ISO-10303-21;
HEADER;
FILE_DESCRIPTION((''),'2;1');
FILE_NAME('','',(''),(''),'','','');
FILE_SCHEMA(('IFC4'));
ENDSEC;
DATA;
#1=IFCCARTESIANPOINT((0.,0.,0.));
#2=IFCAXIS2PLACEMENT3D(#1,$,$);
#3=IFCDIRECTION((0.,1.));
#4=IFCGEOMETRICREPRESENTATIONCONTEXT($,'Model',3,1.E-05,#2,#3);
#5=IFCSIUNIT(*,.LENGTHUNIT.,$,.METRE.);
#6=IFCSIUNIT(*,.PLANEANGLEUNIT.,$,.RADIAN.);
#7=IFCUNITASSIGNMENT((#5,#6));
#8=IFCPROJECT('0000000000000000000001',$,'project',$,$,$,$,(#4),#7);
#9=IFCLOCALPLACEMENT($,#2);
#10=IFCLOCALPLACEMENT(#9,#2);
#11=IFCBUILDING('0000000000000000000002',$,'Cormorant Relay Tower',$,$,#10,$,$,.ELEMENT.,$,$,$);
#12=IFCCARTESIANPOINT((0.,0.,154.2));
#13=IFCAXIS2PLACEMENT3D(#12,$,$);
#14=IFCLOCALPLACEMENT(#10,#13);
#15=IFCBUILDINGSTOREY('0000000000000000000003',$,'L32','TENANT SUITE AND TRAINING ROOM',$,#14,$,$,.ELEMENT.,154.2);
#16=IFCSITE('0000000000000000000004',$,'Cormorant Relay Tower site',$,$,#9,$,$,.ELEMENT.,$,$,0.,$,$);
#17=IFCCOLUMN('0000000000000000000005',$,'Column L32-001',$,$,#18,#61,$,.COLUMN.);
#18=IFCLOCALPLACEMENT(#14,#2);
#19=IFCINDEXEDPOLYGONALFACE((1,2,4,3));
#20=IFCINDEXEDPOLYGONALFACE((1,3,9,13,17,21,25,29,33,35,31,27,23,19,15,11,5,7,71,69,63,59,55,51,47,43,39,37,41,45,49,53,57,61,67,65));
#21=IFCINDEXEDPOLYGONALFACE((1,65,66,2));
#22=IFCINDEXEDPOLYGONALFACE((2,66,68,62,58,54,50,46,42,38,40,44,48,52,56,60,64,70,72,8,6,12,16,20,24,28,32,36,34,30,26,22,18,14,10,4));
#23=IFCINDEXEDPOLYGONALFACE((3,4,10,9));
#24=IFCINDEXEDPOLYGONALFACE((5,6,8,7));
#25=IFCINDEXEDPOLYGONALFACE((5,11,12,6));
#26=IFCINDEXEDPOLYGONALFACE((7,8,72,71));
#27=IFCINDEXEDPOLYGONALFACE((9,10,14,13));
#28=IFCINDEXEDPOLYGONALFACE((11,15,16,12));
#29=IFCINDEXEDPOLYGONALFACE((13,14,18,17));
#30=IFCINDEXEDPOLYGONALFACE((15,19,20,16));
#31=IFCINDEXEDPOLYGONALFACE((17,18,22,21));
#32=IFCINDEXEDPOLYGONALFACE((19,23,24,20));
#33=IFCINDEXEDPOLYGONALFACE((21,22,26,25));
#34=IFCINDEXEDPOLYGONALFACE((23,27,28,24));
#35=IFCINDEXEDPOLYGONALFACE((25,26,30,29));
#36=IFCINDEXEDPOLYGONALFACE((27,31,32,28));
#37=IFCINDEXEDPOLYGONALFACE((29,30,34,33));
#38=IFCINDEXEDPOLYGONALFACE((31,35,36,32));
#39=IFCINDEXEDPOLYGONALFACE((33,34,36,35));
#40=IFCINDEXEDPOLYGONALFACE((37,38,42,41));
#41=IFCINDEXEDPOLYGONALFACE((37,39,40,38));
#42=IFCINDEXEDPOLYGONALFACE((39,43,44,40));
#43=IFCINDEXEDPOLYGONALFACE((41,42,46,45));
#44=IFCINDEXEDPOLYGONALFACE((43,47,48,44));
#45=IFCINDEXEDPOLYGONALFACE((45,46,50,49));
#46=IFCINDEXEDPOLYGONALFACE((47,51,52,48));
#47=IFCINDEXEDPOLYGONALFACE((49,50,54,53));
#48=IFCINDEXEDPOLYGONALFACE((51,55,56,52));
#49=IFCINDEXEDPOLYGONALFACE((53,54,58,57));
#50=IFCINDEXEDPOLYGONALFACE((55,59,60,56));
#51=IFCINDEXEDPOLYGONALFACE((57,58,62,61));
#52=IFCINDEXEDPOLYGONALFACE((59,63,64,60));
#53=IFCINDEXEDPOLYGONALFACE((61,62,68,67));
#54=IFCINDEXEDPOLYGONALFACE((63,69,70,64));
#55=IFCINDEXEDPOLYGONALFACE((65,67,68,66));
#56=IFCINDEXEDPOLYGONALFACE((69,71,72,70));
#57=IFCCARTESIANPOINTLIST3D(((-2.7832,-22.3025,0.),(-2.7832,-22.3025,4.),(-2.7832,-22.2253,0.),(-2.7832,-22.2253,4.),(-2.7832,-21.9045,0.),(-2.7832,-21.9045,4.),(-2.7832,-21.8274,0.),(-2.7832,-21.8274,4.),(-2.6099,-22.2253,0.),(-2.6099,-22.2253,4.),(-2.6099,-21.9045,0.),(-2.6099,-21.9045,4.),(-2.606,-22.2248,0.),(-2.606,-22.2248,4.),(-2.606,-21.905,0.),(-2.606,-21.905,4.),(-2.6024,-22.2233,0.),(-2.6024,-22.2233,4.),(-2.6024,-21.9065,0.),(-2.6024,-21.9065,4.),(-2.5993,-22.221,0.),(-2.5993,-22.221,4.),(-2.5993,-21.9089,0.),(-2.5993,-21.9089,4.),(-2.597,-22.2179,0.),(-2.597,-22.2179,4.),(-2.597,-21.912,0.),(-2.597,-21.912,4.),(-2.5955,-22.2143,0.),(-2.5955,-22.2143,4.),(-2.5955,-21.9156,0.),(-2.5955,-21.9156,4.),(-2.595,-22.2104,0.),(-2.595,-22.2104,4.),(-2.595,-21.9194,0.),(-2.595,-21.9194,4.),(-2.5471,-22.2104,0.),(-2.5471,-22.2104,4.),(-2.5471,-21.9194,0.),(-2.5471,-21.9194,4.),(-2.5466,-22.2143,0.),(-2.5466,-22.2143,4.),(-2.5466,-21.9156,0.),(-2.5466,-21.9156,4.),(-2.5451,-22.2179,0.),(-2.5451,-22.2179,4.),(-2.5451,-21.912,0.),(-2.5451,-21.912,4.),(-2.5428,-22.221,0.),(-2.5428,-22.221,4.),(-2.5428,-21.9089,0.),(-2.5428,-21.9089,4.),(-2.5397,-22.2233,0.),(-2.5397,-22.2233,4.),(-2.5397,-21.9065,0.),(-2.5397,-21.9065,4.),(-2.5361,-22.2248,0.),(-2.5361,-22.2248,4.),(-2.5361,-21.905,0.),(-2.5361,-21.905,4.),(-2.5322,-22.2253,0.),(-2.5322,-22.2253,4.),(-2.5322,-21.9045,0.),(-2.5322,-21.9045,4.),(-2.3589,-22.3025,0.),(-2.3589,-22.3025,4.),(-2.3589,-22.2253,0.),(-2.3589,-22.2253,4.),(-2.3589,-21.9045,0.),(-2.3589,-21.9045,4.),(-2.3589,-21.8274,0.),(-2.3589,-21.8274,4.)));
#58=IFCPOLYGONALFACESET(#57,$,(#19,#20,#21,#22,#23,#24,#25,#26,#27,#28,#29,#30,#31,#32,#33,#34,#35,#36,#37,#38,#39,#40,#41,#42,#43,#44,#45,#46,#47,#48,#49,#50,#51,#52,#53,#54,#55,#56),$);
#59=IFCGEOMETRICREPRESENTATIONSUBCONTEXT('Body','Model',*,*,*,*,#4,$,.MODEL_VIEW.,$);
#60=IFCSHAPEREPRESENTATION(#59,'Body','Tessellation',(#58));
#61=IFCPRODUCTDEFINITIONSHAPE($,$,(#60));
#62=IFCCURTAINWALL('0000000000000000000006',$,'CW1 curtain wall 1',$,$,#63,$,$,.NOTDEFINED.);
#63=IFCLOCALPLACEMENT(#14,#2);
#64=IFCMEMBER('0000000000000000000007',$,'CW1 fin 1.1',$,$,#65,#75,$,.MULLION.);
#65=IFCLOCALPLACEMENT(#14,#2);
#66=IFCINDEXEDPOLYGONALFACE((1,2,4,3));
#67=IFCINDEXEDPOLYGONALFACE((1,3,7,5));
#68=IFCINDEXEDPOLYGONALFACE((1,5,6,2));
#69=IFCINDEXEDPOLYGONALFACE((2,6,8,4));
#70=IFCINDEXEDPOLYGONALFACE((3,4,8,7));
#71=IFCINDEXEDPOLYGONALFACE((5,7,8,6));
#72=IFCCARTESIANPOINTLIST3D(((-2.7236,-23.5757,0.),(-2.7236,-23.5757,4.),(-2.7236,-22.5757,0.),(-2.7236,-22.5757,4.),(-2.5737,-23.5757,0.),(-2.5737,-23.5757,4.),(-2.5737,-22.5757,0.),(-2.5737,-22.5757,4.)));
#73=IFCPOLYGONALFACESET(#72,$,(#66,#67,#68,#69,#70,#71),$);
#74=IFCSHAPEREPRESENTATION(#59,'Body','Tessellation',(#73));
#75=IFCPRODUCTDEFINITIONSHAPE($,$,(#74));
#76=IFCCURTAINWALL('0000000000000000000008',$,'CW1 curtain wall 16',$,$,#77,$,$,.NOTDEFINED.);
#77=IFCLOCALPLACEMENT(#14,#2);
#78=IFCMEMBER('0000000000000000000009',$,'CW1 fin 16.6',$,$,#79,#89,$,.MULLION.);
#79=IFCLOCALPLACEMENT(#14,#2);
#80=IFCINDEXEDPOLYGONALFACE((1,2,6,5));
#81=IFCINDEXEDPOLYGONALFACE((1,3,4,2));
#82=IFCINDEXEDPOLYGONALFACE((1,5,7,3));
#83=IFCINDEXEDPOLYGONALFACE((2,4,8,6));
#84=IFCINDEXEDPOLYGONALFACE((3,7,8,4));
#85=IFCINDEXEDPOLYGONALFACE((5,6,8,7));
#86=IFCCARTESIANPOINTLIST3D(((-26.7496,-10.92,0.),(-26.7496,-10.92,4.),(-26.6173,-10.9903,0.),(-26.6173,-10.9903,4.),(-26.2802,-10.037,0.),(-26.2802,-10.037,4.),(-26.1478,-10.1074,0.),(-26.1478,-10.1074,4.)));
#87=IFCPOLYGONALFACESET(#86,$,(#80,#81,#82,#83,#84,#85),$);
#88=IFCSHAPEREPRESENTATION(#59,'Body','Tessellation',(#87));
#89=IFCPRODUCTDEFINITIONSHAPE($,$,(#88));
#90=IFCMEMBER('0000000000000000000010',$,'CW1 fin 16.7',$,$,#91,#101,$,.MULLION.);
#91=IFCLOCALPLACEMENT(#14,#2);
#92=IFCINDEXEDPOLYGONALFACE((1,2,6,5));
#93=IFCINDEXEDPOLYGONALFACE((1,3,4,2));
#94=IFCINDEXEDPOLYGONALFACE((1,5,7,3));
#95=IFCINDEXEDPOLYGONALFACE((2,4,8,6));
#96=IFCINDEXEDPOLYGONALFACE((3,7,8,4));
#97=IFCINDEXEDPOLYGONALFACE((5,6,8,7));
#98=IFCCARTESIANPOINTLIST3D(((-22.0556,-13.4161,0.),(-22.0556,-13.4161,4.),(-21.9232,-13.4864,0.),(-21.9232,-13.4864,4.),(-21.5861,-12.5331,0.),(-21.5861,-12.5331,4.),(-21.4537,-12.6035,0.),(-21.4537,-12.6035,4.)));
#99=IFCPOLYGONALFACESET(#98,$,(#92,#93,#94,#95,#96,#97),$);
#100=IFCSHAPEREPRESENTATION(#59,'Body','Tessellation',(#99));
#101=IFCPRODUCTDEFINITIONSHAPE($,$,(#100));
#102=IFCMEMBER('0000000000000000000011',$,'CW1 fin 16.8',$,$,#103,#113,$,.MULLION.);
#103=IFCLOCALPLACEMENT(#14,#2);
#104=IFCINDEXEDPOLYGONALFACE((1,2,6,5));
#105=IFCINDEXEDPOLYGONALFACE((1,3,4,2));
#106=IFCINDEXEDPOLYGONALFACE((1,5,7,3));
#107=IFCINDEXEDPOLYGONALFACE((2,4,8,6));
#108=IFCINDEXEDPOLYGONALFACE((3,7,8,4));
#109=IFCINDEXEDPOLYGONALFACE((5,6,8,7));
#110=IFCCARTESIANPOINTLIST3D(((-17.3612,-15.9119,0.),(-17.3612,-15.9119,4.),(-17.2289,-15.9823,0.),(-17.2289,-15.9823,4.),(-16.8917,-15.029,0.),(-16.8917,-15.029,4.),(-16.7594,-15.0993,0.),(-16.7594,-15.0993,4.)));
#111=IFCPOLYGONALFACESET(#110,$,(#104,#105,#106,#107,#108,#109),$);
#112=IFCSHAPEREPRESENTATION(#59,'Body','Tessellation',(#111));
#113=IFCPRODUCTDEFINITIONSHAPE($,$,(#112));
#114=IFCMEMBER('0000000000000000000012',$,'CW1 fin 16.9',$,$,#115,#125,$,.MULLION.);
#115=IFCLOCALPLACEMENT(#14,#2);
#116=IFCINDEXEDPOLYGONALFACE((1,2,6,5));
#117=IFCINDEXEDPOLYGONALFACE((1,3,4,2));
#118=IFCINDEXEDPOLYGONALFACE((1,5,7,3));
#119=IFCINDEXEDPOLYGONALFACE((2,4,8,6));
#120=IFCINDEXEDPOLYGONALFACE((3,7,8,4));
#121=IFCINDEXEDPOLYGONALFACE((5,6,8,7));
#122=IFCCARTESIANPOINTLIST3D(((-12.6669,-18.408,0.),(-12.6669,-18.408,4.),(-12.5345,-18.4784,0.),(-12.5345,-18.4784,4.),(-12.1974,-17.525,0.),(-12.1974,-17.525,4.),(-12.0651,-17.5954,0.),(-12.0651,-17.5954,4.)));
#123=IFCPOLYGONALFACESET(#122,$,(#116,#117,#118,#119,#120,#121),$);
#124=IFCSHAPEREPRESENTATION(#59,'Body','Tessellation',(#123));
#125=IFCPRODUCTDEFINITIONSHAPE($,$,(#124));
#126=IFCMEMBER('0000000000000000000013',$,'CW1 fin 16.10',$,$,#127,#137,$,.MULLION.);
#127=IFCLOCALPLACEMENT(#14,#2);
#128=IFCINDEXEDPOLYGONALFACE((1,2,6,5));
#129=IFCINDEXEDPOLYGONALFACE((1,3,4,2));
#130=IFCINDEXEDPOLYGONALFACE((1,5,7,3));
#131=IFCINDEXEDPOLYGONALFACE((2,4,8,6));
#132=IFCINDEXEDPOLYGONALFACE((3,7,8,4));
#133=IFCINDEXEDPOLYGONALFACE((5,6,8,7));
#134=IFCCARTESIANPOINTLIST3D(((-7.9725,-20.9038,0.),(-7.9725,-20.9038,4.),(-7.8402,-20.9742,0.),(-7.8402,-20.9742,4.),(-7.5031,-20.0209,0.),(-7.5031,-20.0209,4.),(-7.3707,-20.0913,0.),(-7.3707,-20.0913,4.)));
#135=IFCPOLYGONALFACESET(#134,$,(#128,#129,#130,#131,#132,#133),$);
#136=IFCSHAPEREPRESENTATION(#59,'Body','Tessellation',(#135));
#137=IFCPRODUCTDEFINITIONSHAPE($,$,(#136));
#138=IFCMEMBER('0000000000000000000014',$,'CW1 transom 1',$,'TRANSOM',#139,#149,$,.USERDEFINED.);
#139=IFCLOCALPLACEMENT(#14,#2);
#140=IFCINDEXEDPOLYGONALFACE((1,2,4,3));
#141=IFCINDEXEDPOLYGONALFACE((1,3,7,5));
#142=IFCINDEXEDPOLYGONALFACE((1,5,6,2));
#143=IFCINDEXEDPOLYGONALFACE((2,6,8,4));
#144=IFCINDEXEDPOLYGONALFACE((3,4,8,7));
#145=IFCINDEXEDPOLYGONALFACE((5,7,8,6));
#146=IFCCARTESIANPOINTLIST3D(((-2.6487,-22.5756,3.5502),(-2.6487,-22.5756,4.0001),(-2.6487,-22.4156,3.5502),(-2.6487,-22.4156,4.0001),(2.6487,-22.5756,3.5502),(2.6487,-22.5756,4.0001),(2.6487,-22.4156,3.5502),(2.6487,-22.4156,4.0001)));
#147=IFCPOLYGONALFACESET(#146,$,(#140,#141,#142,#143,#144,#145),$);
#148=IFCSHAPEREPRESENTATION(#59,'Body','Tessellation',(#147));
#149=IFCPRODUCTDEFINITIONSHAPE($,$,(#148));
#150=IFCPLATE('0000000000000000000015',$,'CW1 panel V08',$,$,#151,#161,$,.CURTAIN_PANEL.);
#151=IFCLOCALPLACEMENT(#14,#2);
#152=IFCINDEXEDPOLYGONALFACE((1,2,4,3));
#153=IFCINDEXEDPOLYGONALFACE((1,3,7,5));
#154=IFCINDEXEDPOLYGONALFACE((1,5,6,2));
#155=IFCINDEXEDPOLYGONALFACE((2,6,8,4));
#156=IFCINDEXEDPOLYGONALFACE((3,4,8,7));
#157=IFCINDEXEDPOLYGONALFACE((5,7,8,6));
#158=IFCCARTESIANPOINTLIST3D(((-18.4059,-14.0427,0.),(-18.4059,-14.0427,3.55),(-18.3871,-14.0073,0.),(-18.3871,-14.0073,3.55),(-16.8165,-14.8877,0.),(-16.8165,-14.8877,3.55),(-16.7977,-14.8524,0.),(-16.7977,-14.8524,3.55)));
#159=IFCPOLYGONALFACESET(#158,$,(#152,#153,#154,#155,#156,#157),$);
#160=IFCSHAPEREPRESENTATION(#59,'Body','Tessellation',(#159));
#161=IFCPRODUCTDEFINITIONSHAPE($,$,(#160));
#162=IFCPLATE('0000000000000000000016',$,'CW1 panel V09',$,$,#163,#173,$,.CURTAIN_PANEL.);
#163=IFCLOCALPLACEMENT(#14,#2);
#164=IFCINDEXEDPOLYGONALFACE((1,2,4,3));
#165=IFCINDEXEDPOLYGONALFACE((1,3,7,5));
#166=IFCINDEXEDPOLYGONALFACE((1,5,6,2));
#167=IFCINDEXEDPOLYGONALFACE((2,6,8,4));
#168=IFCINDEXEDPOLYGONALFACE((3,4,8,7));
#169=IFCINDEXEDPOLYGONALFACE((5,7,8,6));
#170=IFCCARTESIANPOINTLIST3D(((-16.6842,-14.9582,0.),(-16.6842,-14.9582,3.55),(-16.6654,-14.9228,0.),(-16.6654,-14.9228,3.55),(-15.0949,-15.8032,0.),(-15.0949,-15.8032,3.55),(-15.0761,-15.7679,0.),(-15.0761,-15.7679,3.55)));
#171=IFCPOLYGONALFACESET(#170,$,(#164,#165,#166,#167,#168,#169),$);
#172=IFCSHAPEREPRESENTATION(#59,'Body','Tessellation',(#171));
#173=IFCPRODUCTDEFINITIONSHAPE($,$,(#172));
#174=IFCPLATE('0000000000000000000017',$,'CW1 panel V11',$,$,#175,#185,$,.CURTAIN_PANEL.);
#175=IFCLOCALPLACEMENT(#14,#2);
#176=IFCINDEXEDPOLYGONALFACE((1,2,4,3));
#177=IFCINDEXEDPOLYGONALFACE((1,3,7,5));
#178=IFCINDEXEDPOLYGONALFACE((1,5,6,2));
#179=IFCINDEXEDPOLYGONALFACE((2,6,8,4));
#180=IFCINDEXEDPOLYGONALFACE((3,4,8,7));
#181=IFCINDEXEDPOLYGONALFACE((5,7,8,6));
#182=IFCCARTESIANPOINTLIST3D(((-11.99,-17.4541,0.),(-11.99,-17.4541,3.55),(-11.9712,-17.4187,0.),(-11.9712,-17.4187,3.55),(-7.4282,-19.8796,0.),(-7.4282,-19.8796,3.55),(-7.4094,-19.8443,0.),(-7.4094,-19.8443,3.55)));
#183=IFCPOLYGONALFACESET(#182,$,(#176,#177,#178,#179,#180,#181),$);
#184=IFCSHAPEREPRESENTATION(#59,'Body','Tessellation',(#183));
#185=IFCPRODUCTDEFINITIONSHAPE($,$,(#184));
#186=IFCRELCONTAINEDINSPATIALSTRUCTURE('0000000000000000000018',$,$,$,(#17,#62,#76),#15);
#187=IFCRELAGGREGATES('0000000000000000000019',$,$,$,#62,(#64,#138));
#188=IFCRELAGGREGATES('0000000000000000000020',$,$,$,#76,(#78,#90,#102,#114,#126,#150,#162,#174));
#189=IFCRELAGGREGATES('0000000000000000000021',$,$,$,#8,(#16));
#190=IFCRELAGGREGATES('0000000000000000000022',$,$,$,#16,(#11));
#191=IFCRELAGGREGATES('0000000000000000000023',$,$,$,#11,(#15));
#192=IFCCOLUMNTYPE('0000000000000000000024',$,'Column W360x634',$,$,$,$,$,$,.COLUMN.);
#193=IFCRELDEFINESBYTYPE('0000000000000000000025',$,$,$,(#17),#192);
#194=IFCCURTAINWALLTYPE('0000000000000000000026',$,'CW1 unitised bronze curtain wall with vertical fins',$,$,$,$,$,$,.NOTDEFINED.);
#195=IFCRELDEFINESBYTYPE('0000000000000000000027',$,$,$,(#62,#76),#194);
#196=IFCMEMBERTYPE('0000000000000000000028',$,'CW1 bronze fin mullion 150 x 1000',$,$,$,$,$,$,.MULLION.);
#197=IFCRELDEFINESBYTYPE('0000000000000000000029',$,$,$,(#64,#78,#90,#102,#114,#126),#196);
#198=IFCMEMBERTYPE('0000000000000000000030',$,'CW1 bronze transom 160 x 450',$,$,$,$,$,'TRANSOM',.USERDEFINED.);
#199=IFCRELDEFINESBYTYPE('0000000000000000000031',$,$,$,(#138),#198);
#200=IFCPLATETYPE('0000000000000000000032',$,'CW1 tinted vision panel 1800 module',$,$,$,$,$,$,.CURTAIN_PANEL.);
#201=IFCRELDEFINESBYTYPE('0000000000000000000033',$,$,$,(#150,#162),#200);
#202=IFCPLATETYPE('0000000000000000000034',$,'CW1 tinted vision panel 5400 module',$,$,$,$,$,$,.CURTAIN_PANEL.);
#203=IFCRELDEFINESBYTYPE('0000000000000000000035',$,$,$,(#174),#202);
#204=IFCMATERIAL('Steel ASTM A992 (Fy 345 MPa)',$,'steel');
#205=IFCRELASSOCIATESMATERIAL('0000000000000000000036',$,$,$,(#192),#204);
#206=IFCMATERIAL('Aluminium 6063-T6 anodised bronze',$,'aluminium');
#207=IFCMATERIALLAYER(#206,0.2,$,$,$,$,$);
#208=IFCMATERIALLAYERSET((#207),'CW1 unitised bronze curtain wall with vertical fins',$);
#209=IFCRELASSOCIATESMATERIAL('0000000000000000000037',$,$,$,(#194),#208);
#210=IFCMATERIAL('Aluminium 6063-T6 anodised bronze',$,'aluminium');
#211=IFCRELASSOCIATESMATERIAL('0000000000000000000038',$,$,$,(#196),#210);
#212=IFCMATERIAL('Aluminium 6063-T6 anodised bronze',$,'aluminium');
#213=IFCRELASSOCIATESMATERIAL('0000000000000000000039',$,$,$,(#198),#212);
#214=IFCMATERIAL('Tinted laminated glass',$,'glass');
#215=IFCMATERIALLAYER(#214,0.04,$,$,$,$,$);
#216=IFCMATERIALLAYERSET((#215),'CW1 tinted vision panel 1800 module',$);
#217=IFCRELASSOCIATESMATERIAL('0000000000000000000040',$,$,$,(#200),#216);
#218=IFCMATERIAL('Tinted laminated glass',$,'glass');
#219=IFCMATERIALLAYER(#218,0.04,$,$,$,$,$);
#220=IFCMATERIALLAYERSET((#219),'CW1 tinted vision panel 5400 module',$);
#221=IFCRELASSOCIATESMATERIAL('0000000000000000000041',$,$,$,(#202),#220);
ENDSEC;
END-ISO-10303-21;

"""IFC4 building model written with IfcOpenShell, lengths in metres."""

from ifc_helpers import new_model, si_unit, direction, frame, origin, origin_2d, place, context, subcontext, project, spatial, rectangle, i_section, extrude, material, layer, layer_set, material_profile, profile_set, type_object, element, aggregate, save


model = new_model("IFC4")

# Units and contexts
model_context = context("Model", 3, precision=1e-05, world=origin(), true_north=direction((0.0, 1.0)))
body_context = subcontext(model_context, "Body", "Model", "MODEL_VIEW")
ifc_project = project(units=[si_unit("LENGTHUNIT", "METRE"), si_unit("PLANEANGLEUNIT", "RADIAN")], contexts=[model_context])

# Site, building, storey
site_placement = place(None, origin())
site = spatial("IfcSite", under=ifc_project, at=site_placement, Name="Cormorant Relay Tower site", CompositionType="ELEMENT", RefElevation=0.0)
building_placement = place(site_placement, origin())
building = spatial("IfcBuilding", under=site, at=building_placement, Name="Cormorant Relay Tower", CompositionType="ELEMENT")
storey_placement = place(building_placement, frame((0.0, 0.0, 154.2)))
storey = spatial("IfcBuildingStorey", under=building, at=storey_placement, Name="L32", Description="TENANT SUITE AND TRAINING ROOM", CompositionType="ELEMENT", Elevation=154.2)

# Column
ifc_material_1 = material(Name="Steel ASTM A992 (Fy 345 MPa)", Category="steel")
ifc_material_profile_1 = material_profile(ifc_material_1, i_section(OverallWidth=0.4243, OverallDepth=0.4751, WebThickness=0.0479, FlangeThickness=0.0771, FilletRadius=0.0149, at=origin_2d()), Name="W360x634")
ifc_profile_set_1 = profile_set([ifc_material_profile_1], Name="Steel ASTM A992 (Fy 345 MPa)")
column_type_1 = type_object("IfcColumnType", Name="Column W360x634", PredefinedType="COLUMN", material=ifc_profile_set_1)
column_1_placement = place(storey_placement, frame((-2.571, -22.0649, 0.0), z_axis=(0.0, 0.0, 1.0), x_axis=(1.0, 0.0, 0.0)))
element("IfcColumn", 1, at=column_1_placement, inside=storey, type_object=column_type_1, Name="Column L32-001", PredefinedType="COLUMN", context=body_context, shape_type="SweptSolid", body=[
    extrude(i_section(OverallWidth=0.4243, OverallDepth=0.4751, WebThickness=0.0479, FlangeThickness=0.0771, FilletRadius=0.0149, at=origin_2d()), origin(), (0.0, 0.0, 1.0), 4.0),
])

# Curtain wall, member
ifc_material_2 = material(Name="Aluminium 6063-T6 anodised bronze", Category="aluminium")
ifc_layer_1 = layer(ifc_material_2, 0.2)
ifc_layer_set_1 = layer_set([ifc_layer_1], Name="CW1 unitised bronze curtain wall with vertical fins")
curtain_wall_type = type_object("IfcCurtainWallType", Name="CW1 unitised bronze curtain wall with vertical fins", PredefinedType="NOTDEFINED", material=ifc_layer_set_1)
curtain_wall_1_placement = place(storey_placement, origin())
curtain_wall_1 = element("IfcCurtainWall", 2, at=curtain_wall_1_placement, inside=storey, type_object=curtain_wall_type, Name="CW1 curtain wall 1", PredefinedType="NOTDEFINED")
ifc_material_3 = material(Name="Aluminium 6063-T6 anodised bronze", Category="aluminium")
ifc_material_profile_2 = material_profile(ifc_material_3, rectangle(XDim=0.1499, YDim=1.0, at=origin_2d()), Name="AL 150x1000")
ifc_profile_set_2 = profile_set([ifc_material_profile_2], Name="Aluminium 6063-T6 anodised bronze")
member_type_1 = type_object("IfcMemberType", Name="CW1 bronze fin mullion 150 x 1000", PredefinedType="MULLION", material=ifc_profile_set_2)
member_1_placement = place(storey_placement, frame((-2.6487, -23.0757, 0.0), z_axis=(0.0, 0.0, 1.0), x_axis=(1.0, 0.0, 0.0)))
member_1 = element("IfcMember", 3, at=member_1_placement, type_object=member_type_1, Name="CW1 fin 1.1", PredefinedType="MULLION", context=body_context, shape_type="SweptSolid", body=[
    extrude(rectangle(XDim=0.1499, YDim=1.0, at=origin_2d()), origin(), (0.0, 0.0, 1.0), 4.0),
])

# Curtain wall, members
curtain_wall_2_placement = place(storey_placement, origin())
curtain_wall_2 = element("IfcCurtainWall", 4, at=curtain_wall_2_placement, inside=storey, type_object=curtain_wall_type, Name="CW1 curtain wall 16", PredefinedType="NOTDEFINED")
member_2_placement = place(storey_placement, frame((-26.4487, -10.5137, 0.0), z_axis=(0.0, 0.0, 1.0), x_axis=(0.882948, -0.469472, 0.0)))
member_2 = element("IfcMember", 5, at=member_2_placement, type_object=member_type_1, Name="CW1 fin 16.6", PredefinedType="MULLION", context=body_context, shape_type="SweptSolid", body=[
    extrude(rectangle(XDim=0.1499, YDim=1.0, at=origin_2d()), origin(), (0.0, 0.0, 1.0), 4.0),
])
member_3_placement = place(storey_placement, frame((-21.7546, -13.0098, 0.0), z_axis=(0.0, 0.0, 1.0), x_axis=(0.882948, -0.469472, 0.0)))
member_3 = element("IfcMember", 6, at=member_3_placement, type_object=member_type_1, Name="CW1 fin 16.7", PredefinedType="MULLION", context=body_context, shape_type="SweptSolid", body=[
    extrude(rectangle(XDim=0.1499, YDim=1.0, at=origin_2d()), origin(), (0.0, 0.0, 1.0), 4.0),
])
member_4_placement = place(storey_placement, frame((-17.0603, -15.5056, 0.0), z_axis=(0.0, 0.0, 1.0), x_axis=(0.882948, -0.469472, 0.0)))
member_4 = element("IfcMember", 7, at=member_4_placement, type_object=member_type_1, Name="CW1 fin 16.8", PredefinedType="MULLION", context=body_context, shape_type="SweptSolid", body=[
    extrude(rectangle(XDim=0.1499, YDim=1.0, at=origin_2d()), origin(), (0.0, 0.0, 1.0), 4.0),
])
member_5_placement = place(storey_placement, frame((-12.366, -18.0017, 0.0), z_axis=(0.0, 0.0, 1.0), x_axis=(0.882948, -0.469472, 0.0)))
member_5 = element("IfcMember", 8, at=member_5_placement, type_object=member_type_1, Name="CW1 fin 16.9", PredefinedType="MULLION", context=body_context, shape_type="SweptSolid", body=[
    extrude(rectangle(XDim=0.1499, YDim=1.0, at=origin_2d()), origin(), (0.0, 0.0, 1.0), 4.0),
])
member_6_placement = place(storey_placement, frame((-7.6716, -20.4976, 0.0), z_axis=(0.0, 0.0, 1.0), x_axis=(0.882948, -0.469472, 0.0)))
member_6 = element("IfcMember", 9, at=member_6_placement, type_object=member_type_1, Name="CW1 fin 16.10", PredefinedType="MULLION", context=body_context, shape_type="SweptSolid", body=[
    extrude(rectangle(XDim=0.1499, YDim=1.0, at=origin_2d()), origin(), (0.0, 0.0, 1.0), 4.0),
])

# Member
ifc_material_4 = material(Name="Aluminium 6063-T6 anodised bronze", Category="aluminium")
ifc_material_profile_3 = material_profile(ifc_material_4, rectangle(XDim=0.1599, YDim=0.45, at=origin_2d()), Name="AL 160x450")
ifc_profile_set_3 = profile_set([ifc_material_profile_3], Name="Aluminium 6063-T6 anodised bronze")
member_type_2 = type_object("IfcMemberType", Name="CW1 bronze transom 160 x 450", ElementType="TRANSOM", PredefinedType="USERDEFINED", material=ifc_profile_set_3)
member_7_placement = place(storey_placement, frame((-2.6487, -22.4956, 3.7751), z_axis=(1.0, 0.0, 0.0), x_axis=(0.0, 1.0, 0.0)))
member_7 = element("IfcMember", 10, at=member_7_placement, type_object=member_type_2, Name="CW1 transom 1", ObjectType="TRANSOM", PredefinedType="USERDEFINED", context=body_context, shape_type="SweptSolid", body=[
    extrude(rectangle(XDim=0.1599, YDim=0.45, at=origin_2d()), origin(), (0.0, 0.0, 1.0), 5.2974),
])
aggregate(curtain_wall_1, [member_1, member_7])

# Plates
ifc_material_5 = material(Name="Tinted laminated glass", Category="glass")
ifc_layer_2 = layer(ifc_material_5, 0.04)
ifc_layer_set_2 = layer_set([ifc_layer_2], Name="CW1 tinted vision panel 1800 module")
plate_type_1 = type_object("IfcPlateType", Name="CW1 tinted vision panel 1800 module", PredefinedType="CURTAIN_PANEL", material=ifc_layer_set_2)
plate_1_placement = place(storey_placement, frame((-17.6018, -14.4475, 0.0), z_axis=(0.0, 0.0, 1.0), x_axis=(0.882948, -0.469472, 0.0)))
plate_1 = element("IfcPlate", 11, at=plate_1_placement, type_object=plate_type_1, Name="CW1 panel V08", PredefinedType="CURTAIN_PANEL", context=body_context, shape_type="SweptSolid", body=[
    extrude(rectangle(XDim=1.8, YDim=0.04, at=origin_2d()), origin(), (0.0, 0.0, 1.0), 3.55),
])
plate_2_placement = place(storey_placement, frame((-15.8801, -15.363, 0.0), z_axis=(0.0, 0.0, 1.0), x_axis=(0.882948, -0.469472, 0.0)))
plate_2 = element("IfcPlate", 12, at=plate_2_placement, type_object=plate_type_1, Name="CW1 panel V09", PredefinedType="CURTAIN_PANEL", context=body_context, shape_type="SweptSolid", body=[
    extrude(rectangle(XDim=1.8, YDim=0.04, at=origin_2d()), origin(), (0.0, 0.0, 1.0), 3.55),
])
ifc_material_6 = material(Name="Tinted laminated glass", Category="glass")
ifc_layer_3 = layer(ifc_material_6, 0.04)
ifc_layer_set_3 = layer_set([ifc_layer_3], Name="CW1 tinted vision panel 5400 module")
plate_type_2 = type_object("IfcPlateType", Name="CW1 tinted vision panel 5400 module", PredefinedType="CURTAIN_PANEL", material=ifc_layer_set_3)
plate_3_placement = place(storey_placement, frame((-9.6997, -18.6492, 0.0), z_axis=(0.0, 0.0, 1.0), x_axis=(0.882948, -0.469472, 0.0)))
plate_3 = element("IfcPlate", 13, at=plate_3_placement, type_object=plate_type_2, Name="CW1 panel V11", PredefinedType="CURTAIN_PANEL", context=body_context, shape_type="SweptSolid", body=[
    extrude(rectangle(XDim=5.1665, YDim=0.04, at=origin_2d()), origin(), (0.0, 0.0, 1.0), 3.55),
])

aggregate(curtain_wall_2, [member_2, member_3, member_4, member_5, member_6, plate_1, plate_2, plate_3])

save(model, "model.ifc")
